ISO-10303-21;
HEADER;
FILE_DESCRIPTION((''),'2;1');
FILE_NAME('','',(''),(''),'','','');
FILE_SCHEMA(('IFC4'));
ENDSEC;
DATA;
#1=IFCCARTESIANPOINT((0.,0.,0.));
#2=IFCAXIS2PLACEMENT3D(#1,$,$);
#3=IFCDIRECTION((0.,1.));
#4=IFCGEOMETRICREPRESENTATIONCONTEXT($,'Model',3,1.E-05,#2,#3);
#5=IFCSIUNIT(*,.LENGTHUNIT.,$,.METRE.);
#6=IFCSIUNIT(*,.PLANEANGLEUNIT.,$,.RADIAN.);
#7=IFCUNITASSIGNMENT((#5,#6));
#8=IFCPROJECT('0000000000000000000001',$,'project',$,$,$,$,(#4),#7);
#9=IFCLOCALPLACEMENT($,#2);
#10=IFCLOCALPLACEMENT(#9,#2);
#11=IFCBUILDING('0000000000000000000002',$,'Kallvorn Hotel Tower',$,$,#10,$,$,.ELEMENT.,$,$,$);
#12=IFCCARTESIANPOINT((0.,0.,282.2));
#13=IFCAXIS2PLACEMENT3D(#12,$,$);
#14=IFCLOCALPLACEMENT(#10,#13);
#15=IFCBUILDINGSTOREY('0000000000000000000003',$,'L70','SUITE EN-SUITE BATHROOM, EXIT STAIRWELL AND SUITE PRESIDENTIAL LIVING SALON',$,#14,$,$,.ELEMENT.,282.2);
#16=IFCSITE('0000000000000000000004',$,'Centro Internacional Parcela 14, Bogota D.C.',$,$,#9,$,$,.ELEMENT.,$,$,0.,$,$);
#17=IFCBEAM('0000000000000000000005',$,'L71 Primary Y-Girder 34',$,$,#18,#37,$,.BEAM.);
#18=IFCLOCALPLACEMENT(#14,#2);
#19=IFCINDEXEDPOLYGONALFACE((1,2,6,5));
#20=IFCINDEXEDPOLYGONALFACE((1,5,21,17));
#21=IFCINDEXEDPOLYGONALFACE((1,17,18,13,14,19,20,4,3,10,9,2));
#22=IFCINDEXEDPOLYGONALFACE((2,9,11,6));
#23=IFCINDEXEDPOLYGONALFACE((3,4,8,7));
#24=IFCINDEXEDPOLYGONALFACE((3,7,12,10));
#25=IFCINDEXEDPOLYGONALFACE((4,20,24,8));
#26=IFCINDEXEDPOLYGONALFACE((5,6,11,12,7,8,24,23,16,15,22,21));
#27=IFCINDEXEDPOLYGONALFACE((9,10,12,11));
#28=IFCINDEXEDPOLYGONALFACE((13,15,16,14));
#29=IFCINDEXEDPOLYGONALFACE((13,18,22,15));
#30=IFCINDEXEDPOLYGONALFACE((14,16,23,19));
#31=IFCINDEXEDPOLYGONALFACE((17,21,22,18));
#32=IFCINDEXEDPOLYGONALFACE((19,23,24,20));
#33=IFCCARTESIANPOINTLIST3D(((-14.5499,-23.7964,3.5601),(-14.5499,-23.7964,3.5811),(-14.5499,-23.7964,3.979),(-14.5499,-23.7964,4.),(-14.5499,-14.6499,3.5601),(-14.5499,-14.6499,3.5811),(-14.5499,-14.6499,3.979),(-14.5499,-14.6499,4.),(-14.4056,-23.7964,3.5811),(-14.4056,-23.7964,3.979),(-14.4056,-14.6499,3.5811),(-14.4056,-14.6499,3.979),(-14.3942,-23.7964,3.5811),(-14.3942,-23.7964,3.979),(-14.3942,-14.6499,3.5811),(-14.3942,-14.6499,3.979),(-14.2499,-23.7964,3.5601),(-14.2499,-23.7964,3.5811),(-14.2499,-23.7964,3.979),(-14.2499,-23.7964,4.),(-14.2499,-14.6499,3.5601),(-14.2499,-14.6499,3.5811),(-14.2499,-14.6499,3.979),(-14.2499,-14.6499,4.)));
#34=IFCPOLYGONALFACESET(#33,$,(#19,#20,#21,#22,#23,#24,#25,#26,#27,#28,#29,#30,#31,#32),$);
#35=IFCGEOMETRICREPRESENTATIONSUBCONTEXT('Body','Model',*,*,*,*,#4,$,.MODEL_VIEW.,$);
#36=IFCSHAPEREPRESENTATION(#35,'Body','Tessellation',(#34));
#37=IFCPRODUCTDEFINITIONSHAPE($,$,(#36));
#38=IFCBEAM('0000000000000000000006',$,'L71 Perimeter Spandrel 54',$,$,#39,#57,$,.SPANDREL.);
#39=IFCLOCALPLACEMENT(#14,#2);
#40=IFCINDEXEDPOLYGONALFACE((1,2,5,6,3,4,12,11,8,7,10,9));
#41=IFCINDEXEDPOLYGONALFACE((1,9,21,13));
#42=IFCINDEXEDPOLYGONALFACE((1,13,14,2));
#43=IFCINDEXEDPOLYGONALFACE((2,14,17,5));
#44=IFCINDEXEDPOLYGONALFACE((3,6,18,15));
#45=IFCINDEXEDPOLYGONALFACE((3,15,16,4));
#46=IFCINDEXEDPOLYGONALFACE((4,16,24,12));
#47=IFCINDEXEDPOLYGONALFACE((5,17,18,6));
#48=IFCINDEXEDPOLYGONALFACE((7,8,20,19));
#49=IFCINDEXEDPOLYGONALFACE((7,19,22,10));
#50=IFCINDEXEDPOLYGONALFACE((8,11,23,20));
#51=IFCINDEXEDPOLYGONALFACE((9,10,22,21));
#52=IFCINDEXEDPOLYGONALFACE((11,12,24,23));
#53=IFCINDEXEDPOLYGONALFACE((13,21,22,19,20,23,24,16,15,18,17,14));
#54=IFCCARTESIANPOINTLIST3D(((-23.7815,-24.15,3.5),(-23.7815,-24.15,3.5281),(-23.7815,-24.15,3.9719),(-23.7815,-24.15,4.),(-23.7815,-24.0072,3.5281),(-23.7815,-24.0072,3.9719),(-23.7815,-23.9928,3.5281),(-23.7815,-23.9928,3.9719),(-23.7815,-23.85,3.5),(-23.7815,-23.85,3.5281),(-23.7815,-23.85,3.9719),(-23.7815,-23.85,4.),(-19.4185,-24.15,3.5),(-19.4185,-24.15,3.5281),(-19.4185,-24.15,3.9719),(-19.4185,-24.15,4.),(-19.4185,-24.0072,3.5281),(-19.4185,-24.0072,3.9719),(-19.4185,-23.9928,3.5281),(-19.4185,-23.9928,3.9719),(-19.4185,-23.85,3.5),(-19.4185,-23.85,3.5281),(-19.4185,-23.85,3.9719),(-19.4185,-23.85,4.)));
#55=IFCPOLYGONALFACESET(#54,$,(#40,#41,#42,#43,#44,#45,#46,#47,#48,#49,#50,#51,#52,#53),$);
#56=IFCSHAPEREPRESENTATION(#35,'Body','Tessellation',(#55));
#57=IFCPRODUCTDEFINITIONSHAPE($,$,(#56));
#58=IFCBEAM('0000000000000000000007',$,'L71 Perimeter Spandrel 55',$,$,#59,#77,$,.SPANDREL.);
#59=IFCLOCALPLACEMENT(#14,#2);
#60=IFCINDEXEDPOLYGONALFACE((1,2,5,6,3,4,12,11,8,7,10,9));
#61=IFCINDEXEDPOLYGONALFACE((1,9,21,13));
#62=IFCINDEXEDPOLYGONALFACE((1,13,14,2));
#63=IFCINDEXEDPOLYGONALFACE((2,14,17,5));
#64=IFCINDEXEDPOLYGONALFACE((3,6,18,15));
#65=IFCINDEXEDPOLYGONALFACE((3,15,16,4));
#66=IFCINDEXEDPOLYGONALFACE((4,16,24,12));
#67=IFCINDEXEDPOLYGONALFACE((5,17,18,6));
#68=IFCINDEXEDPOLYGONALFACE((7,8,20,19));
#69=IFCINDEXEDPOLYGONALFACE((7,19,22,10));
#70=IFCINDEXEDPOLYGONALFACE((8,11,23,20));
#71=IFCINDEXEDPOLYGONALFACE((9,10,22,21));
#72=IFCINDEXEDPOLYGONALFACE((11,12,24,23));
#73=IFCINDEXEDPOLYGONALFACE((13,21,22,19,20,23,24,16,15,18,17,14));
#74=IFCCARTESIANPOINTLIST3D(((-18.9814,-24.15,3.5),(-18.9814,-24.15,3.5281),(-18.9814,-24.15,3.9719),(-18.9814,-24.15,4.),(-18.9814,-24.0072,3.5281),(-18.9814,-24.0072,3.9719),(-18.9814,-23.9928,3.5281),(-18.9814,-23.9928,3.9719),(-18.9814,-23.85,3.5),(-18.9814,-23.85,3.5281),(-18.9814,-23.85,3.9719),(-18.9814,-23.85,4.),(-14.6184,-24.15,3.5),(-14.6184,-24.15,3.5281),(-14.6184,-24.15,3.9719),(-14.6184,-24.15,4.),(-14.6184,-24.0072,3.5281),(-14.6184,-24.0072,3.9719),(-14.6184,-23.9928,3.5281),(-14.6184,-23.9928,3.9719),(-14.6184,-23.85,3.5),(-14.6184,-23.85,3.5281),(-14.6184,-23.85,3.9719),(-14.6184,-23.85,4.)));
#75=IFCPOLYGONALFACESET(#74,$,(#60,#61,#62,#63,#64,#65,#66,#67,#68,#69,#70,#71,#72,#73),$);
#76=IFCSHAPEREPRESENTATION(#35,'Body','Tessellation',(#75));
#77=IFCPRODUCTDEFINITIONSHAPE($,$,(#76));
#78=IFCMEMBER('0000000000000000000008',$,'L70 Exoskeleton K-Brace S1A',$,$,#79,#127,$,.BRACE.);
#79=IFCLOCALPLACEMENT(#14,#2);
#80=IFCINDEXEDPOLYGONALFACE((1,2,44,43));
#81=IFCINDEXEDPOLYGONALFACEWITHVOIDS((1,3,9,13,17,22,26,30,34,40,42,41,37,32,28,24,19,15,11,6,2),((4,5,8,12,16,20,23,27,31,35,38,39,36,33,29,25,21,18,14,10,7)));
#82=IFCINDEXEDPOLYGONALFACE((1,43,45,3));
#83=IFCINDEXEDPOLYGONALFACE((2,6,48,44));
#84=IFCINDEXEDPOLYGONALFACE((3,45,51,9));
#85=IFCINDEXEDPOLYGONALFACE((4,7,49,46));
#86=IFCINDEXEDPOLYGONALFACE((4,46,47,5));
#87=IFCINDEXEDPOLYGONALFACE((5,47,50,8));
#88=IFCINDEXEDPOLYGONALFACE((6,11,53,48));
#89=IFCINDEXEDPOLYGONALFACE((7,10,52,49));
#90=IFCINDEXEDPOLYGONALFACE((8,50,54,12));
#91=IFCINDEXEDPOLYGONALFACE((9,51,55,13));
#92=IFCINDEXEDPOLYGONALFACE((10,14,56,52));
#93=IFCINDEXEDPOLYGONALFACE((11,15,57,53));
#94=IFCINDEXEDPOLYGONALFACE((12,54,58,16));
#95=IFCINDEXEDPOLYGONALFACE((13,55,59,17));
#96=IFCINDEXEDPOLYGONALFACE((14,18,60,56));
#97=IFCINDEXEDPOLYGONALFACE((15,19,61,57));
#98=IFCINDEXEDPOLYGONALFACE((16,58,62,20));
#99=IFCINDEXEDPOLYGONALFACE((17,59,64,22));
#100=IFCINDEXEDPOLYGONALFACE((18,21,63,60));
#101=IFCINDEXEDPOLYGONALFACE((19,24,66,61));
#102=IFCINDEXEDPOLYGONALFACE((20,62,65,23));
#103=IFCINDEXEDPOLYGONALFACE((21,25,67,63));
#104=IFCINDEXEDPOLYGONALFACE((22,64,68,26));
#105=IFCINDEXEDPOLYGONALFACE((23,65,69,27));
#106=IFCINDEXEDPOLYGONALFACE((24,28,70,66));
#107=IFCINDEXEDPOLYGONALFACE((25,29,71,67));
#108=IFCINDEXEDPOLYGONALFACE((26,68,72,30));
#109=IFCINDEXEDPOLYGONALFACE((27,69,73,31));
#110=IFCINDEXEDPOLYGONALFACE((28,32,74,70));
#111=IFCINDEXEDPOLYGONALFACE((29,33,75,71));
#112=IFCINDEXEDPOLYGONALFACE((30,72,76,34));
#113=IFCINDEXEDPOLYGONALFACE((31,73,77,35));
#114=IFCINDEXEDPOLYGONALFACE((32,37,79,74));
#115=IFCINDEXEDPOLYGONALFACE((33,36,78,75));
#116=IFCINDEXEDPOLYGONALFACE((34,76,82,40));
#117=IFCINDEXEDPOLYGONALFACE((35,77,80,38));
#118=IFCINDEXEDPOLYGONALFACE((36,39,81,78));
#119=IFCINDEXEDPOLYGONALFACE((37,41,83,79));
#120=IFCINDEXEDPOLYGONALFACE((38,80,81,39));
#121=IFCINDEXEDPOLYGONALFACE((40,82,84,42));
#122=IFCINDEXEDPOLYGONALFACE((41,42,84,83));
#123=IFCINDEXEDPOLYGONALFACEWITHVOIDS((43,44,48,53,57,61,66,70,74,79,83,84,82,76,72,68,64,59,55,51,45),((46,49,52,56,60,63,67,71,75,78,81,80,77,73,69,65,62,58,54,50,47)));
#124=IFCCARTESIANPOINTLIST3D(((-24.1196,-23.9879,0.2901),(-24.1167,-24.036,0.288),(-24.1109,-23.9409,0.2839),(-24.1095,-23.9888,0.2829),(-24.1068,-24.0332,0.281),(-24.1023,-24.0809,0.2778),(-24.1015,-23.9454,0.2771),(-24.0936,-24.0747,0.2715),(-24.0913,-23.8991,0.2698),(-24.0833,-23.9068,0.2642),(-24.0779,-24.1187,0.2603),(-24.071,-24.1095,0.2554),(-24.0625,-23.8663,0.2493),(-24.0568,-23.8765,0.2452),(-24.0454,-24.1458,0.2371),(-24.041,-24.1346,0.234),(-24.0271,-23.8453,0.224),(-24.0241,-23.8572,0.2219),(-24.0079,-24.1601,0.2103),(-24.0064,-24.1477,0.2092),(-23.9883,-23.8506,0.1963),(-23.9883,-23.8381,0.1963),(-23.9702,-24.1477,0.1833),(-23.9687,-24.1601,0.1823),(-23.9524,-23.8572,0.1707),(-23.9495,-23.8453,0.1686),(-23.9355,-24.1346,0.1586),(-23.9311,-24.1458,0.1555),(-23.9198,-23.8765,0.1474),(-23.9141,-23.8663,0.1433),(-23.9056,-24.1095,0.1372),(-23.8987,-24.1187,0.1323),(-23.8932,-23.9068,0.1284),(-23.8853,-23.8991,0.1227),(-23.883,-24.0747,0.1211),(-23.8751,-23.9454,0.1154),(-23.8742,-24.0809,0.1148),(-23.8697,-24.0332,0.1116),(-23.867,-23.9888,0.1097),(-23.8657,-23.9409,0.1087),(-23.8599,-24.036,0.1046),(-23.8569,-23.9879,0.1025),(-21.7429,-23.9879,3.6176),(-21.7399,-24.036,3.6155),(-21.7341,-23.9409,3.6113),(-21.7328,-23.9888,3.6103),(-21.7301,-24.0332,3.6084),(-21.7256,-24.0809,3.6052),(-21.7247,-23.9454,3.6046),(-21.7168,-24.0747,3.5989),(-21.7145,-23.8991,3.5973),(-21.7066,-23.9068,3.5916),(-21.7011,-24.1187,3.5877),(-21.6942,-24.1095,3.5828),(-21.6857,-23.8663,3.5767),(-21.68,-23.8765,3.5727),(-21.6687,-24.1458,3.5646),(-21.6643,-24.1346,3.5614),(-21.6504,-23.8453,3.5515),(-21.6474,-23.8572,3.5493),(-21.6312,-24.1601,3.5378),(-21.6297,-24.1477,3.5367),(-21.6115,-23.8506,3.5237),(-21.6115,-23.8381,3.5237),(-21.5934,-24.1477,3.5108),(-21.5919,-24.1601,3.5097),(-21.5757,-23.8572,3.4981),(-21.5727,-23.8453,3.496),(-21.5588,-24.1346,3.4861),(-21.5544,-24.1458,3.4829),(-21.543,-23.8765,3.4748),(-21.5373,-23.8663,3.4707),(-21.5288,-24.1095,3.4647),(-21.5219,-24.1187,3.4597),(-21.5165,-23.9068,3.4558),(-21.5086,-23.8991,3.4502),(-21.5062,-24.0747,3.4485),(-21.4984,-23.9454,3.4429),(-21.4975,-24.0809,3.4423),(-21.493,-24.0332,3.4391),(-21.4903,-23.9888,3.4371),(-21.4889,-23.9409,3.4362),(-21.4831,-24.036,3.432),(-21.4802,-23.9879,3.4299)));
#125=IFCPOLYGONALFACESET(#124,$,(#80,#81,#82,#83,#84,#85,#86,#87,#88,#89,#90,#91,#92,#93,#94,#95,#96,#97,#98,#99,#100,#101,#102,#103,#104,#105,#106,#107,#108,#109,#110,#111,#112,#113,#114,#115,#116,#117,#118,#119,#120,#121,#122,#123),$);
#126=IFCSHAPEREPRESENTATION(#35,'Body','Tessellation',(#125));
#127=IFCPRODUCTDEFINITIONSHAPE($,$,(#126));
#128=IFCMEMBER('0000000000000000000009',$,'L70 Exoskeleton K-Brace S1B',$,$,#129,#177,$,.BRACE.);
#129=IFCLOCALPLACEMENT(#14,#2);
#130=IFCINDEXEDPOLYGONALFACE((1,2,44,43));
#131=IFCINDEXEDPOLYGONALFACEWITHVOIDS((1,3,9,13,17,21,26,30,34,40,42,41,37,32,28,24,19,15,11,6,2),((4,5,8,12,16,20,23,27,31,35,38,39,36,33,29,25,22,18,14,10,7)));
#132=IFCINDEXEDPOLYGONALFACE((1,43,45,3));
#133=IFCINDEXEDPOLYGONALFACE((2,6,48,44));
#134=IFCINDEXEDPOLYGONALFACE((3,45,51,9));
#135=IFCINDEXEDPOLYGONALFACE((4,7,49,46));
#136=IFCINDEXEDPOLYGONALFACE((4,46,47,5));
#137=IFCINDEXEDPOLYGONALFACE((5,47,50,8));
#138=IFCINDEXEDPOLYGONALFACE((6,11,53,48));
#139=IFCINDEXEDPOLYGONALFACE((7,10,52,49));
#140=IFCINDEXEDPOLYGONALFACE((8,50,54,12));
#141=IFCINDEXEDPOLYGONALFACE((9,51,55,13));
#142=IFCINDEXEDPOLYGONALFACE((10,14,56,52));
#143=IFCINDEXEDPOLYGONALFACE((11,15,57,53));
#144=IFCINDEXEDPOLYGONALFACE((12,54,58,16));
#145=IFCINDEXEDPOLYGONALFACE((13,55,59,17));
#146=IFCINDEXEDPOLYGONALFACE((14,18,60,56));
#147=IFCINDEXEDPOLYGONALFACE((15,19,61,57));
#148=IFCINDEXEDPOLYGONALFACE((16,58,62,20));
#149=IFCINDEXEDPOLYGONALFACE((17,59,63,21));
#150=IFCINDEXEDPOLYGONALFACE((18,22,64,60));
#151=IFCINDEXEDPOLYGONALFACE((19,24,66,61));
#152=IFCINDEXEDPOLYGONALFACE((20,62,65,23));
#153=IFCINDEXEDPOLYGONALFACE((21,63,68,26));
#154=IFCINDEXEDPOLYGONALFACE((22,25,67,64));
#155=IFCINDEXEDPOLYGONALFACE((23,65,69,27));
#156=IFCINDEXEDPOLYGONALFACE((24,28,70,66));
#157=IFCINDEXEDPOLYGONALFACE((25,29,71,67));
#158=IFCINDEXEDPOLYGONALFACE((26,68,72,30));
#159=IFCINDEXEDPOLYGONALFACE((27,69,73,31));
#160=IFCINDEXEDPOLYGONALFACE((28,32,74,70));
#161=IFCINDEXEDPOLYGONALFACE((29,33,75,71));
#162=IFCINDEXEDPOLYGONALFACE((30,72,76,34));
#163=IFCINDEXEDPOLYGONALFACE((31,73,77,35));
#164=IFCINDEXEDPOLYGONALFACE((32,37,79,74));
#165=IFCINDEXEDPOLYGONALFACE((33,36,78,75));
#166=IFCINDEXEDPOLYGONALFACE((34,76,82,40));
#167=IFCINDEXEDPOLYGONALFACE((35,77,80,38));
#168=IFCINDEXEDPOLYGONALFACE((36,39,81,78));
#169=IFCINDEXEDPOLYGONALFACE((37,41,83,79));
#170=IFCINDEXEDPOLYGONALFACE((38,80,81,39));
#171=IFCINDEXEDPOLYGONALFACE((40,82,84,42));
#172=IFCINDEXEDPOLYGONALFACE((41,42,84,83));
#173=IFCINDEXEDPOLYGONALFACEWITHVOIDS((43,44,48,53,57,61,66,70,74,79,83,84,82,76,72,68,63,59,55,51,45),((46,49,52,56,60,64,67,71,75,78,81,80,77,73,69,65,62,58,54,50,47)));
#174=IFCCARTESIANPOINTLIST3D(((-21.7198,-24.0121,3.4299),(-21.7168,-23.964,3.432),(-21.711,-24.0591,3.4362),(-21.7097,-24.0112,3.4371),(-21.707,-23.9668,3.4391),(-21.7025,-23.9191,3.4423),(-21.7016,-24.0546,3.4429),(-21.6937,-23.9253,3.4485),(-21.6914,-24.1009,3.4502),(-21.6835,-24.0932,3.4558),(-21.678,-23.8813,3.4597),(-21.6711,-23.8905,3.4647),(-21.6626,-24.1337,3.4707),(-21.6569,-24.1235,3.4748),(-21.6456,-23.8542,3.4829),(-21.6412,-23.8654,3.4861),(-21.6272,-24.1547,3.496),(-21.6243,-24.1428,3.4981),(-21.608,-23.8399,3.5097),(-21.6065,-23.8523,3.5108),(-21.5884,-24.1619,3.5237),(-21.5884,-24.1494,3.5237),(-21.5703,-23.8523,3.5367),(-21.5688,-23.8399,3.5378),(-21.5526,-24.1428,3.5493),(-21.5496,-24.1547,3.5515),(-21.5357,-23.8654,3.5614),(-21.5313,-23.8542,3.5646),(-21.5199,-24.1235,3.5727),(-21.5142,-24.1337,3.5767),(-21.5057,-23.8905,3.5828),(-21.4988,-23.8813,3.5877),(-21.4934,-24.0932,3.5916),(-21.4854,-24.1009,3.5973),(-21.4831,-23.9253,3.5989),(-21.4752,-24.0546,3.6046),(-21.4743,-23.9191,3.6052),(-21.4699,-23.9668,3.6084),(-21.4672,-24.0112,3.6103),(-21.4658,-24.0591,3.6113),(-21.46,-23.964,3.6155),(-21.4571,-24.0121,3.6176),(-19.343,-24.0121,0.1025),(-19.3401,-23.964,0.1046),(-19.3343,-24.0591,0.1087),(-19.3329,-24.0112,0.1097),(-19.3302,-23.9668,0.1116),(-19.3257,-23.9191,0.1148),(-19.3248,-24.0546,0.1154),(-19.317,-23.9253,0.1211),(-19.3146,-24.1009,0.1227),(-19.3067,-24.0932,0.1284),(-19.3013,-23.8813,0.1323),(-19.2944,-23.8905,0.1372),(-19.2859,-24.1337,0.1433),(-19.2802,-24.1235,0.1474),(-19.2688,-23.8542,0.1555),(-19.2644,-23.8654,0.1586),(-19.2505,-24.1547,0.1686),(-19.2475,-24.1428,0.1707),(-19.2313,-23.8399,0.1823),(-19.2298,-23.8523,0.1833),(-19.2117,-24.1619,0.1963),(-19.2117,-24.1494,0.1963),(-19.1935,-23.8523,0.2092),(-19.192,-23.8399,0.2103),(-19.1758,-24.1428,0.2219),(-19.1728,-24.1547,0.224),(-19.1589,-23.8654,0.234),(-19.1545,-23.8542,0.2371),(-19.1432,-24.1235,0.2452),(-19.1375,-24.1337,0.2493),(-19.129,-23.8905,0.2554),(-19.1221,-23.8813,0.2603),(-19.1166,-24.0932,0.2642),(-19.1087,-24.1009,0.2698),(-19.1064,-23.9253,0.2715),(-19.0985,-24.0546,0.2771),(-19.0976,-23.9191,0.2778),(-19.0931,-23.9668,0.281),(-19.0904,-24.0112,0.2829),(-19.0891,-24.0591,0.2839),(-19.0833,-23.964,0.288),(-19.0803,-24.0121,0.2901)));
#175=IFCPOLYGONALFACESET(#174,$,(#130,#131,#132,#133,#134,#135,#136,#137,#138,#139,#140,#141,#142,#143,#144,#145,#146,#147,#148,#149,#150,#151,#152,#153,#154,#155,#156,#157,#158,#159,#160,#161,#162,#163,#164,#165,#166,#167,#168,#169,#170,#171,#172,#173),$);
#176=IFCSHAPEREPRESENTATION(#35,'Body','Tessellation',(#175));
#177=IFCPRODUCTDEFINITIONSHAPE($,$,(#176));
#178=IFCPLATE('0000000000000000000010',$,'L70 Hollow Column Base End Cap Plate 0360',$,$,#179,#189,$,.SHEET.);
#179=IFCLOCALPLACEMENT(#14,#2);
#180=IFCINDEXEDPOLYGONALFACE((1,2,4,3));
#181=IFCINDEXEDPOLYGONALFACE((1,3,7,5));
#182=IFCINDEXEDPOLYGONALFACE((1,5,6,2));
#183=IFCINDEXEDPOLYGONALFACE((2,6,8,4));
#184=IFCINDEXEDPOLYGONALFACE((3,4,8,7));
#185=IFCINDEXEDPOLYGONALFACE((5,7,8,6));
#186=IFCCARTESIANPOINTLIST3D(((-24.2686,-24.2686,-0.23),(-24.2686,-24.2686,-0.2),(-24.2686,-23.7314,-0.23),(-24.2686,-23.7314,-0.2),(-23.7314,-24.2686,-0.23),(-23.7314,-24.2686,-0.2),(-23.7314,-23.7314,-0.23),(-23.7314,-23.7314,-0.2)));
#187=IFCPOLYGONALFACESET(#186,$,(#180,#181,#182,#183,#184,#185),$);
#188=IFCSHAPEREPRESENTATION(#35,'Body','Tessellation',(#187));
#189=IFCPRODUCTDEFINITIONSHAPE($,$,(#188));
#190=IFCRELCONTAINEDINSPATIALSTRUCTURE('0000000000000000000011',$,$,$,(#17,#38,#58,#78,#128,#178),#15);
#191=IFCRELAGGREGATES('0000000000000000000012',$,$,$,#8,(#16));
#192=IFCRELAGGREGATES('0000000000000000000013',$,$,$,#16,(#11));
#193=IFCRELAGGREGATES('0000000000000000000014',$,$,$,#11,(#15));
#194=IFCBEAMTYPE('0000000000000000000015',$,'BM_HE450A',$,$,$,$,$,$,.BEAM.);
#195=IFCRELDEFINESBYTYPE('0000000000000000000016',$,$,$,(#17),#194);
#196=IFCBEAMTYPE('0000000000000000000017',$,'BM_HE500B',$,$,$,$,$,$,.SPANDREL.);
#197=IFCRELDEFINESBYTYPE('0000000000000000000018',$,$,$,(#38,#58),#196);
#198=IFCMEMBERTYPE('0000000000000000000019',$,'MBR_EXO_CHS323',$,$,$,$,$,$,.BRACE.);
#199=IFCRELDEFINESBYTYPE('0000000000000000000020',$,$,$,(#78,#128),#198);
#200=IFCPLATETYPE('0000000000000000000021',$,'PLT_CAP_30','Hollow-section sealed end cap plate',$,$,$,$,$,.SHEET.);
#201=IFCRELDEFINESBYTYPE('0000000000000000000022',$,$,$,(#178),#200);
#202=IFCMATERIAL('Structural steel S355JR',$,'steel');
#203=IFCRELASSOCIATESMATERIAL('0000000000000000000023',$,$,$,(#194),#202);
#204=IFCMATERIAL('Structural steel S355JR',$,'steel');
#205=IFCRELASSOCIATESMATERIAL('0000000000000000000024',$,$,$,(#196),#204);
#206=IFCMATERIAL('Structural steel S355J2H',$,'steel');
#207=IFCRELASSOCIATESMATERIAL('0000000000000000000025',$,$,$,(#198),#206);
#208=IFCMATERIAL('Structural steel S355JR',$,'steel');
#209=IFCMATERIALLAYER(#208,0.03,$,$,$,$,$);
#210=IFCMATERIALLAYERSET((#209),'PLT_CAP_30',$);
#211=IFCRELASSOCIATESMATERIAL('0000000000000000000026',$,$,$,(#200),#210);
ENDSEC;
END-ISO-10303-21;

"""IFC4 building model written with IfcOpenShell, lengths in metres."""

from ifc_helpers import new_model, si_unit, direction, frame, origin, origin_2d, place, context, subcontext, project, spatial, rectangle, hollow_circle, i_section, extrude, material, layer, layer_set, material_profile, profile_set, type_object, element, save


model = new_model("IFC4")

# Units and contexts
model_context = context("Model", 3, precision=1e-05, world=origin(), true_north=direction((0.0, 1.0)))
body_context = subcontext(model_context, "Body", "Model", "MODEL_VIEW")
ifc_project = project(units=[si_unit("LENGTHUNIT", "METRE"), si_unit("PLANEANGLEUNIT", "RADIAN")], contexts=[model_context])

# Site, building, storey
site_placement = place(None, origin())
site = spatial("IfcSite", under=ifc_project, at=site_placement, Name="Centro Internacional Parcela 14, Bogota D.C.", CompositionType="ELEMENT", RefElevation=0.0)
building_placement = place(site_placement, origin())
building = spatial("IfcBuilding", under=site, at=building_placement, Name="Kallvorn Hotel Tower", CompositionType="ELEMENT")
storey_placement = place(building_placement, frame((0.0, 0.0, 282.2)))
storey = spatial("IfcBuildingStorey", under=building, at=storey_placement, Name="L70", Description="SUITE EN-SUITE BATHROOM, EXIT STAIRWELL AND SUITE PRESIDENTIAL LIVING SALON", CompositionType="ELEMENT", Elevation=282.2)

# Beams
ifc_material_1 = material(Name="Structural steel S355JR", Category="steel")
ifc_material_profile_1 = material_profile(ifc_material_1, i_section(OverallWidth=0.3, OverallDepth=0.4399, WebThickness=0.0115, FlangeThickness=0.021, at=origin_2d()), Name="HE 450 A")
ifc_profile_set_1 = profile_set([ifc_material_profile_1], Name="Structural steel S355JR")
beam_type_1 = type_object("IfcBeamType", Name="BM_HE450A", PredefinedType="BEAM", material=ifc_profile_set_1)
for number, where, z_axis, x_axis, name in (
    (1, (-14.3999, -23.7964, 3.78), (0.0, 1.0, 0.0), (-1.0, 0.0, 0.0), "L71 Primary Y-Girder 34"),
):
    element("IfcBeam", number, at=place(storey_placement, frame(where, z_axis=z_axis, x_axis=x_axis)), inside=storey, type_object=beam_type_1, Name=name, PredefinedType="BEAM", context=body_context, shape_type="SweptSolid", body=[
        extrude(i_section(OverallWidth=0.3, OverallDepth=0.4399, WebThickness=0.0115, FlangeThickness=0.021, at=origin_2d()), origin(), (0.0, 0.0, 1.0), 9.1465),
    ])
ifc_material_2 = material(Name="Structural steel S355JR", Category="steel")
ifc_material_profile_2 = material_profile(ifc_material_2, i_section(OverallWidth=0.3, OverallDepth=0.5, WebThickness=0.0144, FlangeThickness=0.0281, at=origin_2d()), Name="HE 500 B")
ifc_profile_set_2 = profile_set([ifc_material_profile_2], Name="Structural steel S355JR")
beam_type_2 = type_object("IfcBeamType", Name="BM_HE500B", PredefinedType="SPANDREL", material=ifc_profile_set_2)
for number, where, z_axis, x_axis, name in (
    (2, (-23.7815, -24.0, 3.75), (1.0, 0.0, 0.0), (0.0, 1.0, 0.0), "L71 Perimeter Spandrel 54"),
    (3, (-18.9814, -24.0, 3.75), (1.0, 0.0, 0.0), (0.0, 1.0, 0.0), "L71 Perimeter Spandrel 55"),
):
    element("IfcBeam", number, at=place(storey_placement, frame(where, z_axis=z_axis, x_axis=x_axis)), inside=storey, type_object=beam_type_2, Name=name, PredefinedType="SPANDREL", context=body_context, shape_type="SweptSolid", body=[
        extrude(i_section(OverallWidth=0.3, OverallDepth=0.5, WebThickness=0.0144, FlangeThickness=0.0281, at=origin_2d()), origin(), (0.0, 0.0, 1.0), 4.363),
    ])

# Members
ifc_material_3 = material(Name="Structural steel S355J2H", Category="steel")
ifc_material_profile_3 = material_profile(ifc_material_3, hollow_circle(Radius=0.1619, WallThickness=0.0125, at=origin_2d()), Name="CHS 323.9x12.5")
ifc_profile_set_3 = profile_set([ifc_material_profile_3], Name="Structural steel S355J2H")
member_type = type_object("IfcMemberType", Name="MBR_EXO_CHS323", PredefinedType="BRACE", material=ifc_profile_set_3)
for number, where, z_axis, x_axis, name in (
    (4, (-23.9883, -24.0, 0.1963), (0.581238, 0.0, 0.813733), (0.0, 1.0, 0.0), "L70 Exoskeleton K-Brace S1A"),
    (5, (-19.2117, -24.0, 0.1963), (-0.581238, 0.0, 0.813733), (0.0, -1.0, 0.0), "L70 Exoskeleton K-Brace S1B"),
):
    element("IfcMember", number, at=place(storey_placement, frame(where, z_axis=z_axis, x_axis=x_axis)), inside=storey, type_object=member_type, Name=name, PredefinedType="BRACE", context=body_context, shape_type="SweptSolid", body=[
        extrude(hollow_circle(Radius=0.1619, WallThickness=0.0125, at=origin_2d()), origin(), (0.0, 0.0, 1.0), 4.0891),
    ])

# Plate
ifc_material_4 = material(Name="Structural steel S355JR", Category="steel")
ifc_layer_1 = layer(ifc_material_4, 0.03)
ifc_layer_set_1 = layer_set([ifc_layer_1], Name="PLT_CAP_30")
plate_type_1 = type_object("IfcPlateType", Name="PLT_CAP_30", Description="Hollow-section sealed end cap plate", PredefinedType="SHEET", material=ifc_layer_set_1)
for number, where, z_axis, x_axis, name in (
    (6, (-24.0, -24.0, -0.23), (0.0, 0.0, 1.0), (1.0, 0.0, 0.0), "L70 Hollow Column Base End Cap Plate 0360"),
):
    element("IfcPlate", number, at=place(storey_placement, frame(where, z_axis=z_axis, x_axis=x_axis)), inside=storey, type_object=plate_type_1, Name=name, PredefinedType="SHEET", context=body_context, shape_type="SweptSolid", body=[
        extrude(rectangle(XDim=0.5371, YDim=0.5371, at=origin_2d()), origin(), (0.0, 0.0, 1.0), 0.03),
    ])

save(model, "model.ifc")
